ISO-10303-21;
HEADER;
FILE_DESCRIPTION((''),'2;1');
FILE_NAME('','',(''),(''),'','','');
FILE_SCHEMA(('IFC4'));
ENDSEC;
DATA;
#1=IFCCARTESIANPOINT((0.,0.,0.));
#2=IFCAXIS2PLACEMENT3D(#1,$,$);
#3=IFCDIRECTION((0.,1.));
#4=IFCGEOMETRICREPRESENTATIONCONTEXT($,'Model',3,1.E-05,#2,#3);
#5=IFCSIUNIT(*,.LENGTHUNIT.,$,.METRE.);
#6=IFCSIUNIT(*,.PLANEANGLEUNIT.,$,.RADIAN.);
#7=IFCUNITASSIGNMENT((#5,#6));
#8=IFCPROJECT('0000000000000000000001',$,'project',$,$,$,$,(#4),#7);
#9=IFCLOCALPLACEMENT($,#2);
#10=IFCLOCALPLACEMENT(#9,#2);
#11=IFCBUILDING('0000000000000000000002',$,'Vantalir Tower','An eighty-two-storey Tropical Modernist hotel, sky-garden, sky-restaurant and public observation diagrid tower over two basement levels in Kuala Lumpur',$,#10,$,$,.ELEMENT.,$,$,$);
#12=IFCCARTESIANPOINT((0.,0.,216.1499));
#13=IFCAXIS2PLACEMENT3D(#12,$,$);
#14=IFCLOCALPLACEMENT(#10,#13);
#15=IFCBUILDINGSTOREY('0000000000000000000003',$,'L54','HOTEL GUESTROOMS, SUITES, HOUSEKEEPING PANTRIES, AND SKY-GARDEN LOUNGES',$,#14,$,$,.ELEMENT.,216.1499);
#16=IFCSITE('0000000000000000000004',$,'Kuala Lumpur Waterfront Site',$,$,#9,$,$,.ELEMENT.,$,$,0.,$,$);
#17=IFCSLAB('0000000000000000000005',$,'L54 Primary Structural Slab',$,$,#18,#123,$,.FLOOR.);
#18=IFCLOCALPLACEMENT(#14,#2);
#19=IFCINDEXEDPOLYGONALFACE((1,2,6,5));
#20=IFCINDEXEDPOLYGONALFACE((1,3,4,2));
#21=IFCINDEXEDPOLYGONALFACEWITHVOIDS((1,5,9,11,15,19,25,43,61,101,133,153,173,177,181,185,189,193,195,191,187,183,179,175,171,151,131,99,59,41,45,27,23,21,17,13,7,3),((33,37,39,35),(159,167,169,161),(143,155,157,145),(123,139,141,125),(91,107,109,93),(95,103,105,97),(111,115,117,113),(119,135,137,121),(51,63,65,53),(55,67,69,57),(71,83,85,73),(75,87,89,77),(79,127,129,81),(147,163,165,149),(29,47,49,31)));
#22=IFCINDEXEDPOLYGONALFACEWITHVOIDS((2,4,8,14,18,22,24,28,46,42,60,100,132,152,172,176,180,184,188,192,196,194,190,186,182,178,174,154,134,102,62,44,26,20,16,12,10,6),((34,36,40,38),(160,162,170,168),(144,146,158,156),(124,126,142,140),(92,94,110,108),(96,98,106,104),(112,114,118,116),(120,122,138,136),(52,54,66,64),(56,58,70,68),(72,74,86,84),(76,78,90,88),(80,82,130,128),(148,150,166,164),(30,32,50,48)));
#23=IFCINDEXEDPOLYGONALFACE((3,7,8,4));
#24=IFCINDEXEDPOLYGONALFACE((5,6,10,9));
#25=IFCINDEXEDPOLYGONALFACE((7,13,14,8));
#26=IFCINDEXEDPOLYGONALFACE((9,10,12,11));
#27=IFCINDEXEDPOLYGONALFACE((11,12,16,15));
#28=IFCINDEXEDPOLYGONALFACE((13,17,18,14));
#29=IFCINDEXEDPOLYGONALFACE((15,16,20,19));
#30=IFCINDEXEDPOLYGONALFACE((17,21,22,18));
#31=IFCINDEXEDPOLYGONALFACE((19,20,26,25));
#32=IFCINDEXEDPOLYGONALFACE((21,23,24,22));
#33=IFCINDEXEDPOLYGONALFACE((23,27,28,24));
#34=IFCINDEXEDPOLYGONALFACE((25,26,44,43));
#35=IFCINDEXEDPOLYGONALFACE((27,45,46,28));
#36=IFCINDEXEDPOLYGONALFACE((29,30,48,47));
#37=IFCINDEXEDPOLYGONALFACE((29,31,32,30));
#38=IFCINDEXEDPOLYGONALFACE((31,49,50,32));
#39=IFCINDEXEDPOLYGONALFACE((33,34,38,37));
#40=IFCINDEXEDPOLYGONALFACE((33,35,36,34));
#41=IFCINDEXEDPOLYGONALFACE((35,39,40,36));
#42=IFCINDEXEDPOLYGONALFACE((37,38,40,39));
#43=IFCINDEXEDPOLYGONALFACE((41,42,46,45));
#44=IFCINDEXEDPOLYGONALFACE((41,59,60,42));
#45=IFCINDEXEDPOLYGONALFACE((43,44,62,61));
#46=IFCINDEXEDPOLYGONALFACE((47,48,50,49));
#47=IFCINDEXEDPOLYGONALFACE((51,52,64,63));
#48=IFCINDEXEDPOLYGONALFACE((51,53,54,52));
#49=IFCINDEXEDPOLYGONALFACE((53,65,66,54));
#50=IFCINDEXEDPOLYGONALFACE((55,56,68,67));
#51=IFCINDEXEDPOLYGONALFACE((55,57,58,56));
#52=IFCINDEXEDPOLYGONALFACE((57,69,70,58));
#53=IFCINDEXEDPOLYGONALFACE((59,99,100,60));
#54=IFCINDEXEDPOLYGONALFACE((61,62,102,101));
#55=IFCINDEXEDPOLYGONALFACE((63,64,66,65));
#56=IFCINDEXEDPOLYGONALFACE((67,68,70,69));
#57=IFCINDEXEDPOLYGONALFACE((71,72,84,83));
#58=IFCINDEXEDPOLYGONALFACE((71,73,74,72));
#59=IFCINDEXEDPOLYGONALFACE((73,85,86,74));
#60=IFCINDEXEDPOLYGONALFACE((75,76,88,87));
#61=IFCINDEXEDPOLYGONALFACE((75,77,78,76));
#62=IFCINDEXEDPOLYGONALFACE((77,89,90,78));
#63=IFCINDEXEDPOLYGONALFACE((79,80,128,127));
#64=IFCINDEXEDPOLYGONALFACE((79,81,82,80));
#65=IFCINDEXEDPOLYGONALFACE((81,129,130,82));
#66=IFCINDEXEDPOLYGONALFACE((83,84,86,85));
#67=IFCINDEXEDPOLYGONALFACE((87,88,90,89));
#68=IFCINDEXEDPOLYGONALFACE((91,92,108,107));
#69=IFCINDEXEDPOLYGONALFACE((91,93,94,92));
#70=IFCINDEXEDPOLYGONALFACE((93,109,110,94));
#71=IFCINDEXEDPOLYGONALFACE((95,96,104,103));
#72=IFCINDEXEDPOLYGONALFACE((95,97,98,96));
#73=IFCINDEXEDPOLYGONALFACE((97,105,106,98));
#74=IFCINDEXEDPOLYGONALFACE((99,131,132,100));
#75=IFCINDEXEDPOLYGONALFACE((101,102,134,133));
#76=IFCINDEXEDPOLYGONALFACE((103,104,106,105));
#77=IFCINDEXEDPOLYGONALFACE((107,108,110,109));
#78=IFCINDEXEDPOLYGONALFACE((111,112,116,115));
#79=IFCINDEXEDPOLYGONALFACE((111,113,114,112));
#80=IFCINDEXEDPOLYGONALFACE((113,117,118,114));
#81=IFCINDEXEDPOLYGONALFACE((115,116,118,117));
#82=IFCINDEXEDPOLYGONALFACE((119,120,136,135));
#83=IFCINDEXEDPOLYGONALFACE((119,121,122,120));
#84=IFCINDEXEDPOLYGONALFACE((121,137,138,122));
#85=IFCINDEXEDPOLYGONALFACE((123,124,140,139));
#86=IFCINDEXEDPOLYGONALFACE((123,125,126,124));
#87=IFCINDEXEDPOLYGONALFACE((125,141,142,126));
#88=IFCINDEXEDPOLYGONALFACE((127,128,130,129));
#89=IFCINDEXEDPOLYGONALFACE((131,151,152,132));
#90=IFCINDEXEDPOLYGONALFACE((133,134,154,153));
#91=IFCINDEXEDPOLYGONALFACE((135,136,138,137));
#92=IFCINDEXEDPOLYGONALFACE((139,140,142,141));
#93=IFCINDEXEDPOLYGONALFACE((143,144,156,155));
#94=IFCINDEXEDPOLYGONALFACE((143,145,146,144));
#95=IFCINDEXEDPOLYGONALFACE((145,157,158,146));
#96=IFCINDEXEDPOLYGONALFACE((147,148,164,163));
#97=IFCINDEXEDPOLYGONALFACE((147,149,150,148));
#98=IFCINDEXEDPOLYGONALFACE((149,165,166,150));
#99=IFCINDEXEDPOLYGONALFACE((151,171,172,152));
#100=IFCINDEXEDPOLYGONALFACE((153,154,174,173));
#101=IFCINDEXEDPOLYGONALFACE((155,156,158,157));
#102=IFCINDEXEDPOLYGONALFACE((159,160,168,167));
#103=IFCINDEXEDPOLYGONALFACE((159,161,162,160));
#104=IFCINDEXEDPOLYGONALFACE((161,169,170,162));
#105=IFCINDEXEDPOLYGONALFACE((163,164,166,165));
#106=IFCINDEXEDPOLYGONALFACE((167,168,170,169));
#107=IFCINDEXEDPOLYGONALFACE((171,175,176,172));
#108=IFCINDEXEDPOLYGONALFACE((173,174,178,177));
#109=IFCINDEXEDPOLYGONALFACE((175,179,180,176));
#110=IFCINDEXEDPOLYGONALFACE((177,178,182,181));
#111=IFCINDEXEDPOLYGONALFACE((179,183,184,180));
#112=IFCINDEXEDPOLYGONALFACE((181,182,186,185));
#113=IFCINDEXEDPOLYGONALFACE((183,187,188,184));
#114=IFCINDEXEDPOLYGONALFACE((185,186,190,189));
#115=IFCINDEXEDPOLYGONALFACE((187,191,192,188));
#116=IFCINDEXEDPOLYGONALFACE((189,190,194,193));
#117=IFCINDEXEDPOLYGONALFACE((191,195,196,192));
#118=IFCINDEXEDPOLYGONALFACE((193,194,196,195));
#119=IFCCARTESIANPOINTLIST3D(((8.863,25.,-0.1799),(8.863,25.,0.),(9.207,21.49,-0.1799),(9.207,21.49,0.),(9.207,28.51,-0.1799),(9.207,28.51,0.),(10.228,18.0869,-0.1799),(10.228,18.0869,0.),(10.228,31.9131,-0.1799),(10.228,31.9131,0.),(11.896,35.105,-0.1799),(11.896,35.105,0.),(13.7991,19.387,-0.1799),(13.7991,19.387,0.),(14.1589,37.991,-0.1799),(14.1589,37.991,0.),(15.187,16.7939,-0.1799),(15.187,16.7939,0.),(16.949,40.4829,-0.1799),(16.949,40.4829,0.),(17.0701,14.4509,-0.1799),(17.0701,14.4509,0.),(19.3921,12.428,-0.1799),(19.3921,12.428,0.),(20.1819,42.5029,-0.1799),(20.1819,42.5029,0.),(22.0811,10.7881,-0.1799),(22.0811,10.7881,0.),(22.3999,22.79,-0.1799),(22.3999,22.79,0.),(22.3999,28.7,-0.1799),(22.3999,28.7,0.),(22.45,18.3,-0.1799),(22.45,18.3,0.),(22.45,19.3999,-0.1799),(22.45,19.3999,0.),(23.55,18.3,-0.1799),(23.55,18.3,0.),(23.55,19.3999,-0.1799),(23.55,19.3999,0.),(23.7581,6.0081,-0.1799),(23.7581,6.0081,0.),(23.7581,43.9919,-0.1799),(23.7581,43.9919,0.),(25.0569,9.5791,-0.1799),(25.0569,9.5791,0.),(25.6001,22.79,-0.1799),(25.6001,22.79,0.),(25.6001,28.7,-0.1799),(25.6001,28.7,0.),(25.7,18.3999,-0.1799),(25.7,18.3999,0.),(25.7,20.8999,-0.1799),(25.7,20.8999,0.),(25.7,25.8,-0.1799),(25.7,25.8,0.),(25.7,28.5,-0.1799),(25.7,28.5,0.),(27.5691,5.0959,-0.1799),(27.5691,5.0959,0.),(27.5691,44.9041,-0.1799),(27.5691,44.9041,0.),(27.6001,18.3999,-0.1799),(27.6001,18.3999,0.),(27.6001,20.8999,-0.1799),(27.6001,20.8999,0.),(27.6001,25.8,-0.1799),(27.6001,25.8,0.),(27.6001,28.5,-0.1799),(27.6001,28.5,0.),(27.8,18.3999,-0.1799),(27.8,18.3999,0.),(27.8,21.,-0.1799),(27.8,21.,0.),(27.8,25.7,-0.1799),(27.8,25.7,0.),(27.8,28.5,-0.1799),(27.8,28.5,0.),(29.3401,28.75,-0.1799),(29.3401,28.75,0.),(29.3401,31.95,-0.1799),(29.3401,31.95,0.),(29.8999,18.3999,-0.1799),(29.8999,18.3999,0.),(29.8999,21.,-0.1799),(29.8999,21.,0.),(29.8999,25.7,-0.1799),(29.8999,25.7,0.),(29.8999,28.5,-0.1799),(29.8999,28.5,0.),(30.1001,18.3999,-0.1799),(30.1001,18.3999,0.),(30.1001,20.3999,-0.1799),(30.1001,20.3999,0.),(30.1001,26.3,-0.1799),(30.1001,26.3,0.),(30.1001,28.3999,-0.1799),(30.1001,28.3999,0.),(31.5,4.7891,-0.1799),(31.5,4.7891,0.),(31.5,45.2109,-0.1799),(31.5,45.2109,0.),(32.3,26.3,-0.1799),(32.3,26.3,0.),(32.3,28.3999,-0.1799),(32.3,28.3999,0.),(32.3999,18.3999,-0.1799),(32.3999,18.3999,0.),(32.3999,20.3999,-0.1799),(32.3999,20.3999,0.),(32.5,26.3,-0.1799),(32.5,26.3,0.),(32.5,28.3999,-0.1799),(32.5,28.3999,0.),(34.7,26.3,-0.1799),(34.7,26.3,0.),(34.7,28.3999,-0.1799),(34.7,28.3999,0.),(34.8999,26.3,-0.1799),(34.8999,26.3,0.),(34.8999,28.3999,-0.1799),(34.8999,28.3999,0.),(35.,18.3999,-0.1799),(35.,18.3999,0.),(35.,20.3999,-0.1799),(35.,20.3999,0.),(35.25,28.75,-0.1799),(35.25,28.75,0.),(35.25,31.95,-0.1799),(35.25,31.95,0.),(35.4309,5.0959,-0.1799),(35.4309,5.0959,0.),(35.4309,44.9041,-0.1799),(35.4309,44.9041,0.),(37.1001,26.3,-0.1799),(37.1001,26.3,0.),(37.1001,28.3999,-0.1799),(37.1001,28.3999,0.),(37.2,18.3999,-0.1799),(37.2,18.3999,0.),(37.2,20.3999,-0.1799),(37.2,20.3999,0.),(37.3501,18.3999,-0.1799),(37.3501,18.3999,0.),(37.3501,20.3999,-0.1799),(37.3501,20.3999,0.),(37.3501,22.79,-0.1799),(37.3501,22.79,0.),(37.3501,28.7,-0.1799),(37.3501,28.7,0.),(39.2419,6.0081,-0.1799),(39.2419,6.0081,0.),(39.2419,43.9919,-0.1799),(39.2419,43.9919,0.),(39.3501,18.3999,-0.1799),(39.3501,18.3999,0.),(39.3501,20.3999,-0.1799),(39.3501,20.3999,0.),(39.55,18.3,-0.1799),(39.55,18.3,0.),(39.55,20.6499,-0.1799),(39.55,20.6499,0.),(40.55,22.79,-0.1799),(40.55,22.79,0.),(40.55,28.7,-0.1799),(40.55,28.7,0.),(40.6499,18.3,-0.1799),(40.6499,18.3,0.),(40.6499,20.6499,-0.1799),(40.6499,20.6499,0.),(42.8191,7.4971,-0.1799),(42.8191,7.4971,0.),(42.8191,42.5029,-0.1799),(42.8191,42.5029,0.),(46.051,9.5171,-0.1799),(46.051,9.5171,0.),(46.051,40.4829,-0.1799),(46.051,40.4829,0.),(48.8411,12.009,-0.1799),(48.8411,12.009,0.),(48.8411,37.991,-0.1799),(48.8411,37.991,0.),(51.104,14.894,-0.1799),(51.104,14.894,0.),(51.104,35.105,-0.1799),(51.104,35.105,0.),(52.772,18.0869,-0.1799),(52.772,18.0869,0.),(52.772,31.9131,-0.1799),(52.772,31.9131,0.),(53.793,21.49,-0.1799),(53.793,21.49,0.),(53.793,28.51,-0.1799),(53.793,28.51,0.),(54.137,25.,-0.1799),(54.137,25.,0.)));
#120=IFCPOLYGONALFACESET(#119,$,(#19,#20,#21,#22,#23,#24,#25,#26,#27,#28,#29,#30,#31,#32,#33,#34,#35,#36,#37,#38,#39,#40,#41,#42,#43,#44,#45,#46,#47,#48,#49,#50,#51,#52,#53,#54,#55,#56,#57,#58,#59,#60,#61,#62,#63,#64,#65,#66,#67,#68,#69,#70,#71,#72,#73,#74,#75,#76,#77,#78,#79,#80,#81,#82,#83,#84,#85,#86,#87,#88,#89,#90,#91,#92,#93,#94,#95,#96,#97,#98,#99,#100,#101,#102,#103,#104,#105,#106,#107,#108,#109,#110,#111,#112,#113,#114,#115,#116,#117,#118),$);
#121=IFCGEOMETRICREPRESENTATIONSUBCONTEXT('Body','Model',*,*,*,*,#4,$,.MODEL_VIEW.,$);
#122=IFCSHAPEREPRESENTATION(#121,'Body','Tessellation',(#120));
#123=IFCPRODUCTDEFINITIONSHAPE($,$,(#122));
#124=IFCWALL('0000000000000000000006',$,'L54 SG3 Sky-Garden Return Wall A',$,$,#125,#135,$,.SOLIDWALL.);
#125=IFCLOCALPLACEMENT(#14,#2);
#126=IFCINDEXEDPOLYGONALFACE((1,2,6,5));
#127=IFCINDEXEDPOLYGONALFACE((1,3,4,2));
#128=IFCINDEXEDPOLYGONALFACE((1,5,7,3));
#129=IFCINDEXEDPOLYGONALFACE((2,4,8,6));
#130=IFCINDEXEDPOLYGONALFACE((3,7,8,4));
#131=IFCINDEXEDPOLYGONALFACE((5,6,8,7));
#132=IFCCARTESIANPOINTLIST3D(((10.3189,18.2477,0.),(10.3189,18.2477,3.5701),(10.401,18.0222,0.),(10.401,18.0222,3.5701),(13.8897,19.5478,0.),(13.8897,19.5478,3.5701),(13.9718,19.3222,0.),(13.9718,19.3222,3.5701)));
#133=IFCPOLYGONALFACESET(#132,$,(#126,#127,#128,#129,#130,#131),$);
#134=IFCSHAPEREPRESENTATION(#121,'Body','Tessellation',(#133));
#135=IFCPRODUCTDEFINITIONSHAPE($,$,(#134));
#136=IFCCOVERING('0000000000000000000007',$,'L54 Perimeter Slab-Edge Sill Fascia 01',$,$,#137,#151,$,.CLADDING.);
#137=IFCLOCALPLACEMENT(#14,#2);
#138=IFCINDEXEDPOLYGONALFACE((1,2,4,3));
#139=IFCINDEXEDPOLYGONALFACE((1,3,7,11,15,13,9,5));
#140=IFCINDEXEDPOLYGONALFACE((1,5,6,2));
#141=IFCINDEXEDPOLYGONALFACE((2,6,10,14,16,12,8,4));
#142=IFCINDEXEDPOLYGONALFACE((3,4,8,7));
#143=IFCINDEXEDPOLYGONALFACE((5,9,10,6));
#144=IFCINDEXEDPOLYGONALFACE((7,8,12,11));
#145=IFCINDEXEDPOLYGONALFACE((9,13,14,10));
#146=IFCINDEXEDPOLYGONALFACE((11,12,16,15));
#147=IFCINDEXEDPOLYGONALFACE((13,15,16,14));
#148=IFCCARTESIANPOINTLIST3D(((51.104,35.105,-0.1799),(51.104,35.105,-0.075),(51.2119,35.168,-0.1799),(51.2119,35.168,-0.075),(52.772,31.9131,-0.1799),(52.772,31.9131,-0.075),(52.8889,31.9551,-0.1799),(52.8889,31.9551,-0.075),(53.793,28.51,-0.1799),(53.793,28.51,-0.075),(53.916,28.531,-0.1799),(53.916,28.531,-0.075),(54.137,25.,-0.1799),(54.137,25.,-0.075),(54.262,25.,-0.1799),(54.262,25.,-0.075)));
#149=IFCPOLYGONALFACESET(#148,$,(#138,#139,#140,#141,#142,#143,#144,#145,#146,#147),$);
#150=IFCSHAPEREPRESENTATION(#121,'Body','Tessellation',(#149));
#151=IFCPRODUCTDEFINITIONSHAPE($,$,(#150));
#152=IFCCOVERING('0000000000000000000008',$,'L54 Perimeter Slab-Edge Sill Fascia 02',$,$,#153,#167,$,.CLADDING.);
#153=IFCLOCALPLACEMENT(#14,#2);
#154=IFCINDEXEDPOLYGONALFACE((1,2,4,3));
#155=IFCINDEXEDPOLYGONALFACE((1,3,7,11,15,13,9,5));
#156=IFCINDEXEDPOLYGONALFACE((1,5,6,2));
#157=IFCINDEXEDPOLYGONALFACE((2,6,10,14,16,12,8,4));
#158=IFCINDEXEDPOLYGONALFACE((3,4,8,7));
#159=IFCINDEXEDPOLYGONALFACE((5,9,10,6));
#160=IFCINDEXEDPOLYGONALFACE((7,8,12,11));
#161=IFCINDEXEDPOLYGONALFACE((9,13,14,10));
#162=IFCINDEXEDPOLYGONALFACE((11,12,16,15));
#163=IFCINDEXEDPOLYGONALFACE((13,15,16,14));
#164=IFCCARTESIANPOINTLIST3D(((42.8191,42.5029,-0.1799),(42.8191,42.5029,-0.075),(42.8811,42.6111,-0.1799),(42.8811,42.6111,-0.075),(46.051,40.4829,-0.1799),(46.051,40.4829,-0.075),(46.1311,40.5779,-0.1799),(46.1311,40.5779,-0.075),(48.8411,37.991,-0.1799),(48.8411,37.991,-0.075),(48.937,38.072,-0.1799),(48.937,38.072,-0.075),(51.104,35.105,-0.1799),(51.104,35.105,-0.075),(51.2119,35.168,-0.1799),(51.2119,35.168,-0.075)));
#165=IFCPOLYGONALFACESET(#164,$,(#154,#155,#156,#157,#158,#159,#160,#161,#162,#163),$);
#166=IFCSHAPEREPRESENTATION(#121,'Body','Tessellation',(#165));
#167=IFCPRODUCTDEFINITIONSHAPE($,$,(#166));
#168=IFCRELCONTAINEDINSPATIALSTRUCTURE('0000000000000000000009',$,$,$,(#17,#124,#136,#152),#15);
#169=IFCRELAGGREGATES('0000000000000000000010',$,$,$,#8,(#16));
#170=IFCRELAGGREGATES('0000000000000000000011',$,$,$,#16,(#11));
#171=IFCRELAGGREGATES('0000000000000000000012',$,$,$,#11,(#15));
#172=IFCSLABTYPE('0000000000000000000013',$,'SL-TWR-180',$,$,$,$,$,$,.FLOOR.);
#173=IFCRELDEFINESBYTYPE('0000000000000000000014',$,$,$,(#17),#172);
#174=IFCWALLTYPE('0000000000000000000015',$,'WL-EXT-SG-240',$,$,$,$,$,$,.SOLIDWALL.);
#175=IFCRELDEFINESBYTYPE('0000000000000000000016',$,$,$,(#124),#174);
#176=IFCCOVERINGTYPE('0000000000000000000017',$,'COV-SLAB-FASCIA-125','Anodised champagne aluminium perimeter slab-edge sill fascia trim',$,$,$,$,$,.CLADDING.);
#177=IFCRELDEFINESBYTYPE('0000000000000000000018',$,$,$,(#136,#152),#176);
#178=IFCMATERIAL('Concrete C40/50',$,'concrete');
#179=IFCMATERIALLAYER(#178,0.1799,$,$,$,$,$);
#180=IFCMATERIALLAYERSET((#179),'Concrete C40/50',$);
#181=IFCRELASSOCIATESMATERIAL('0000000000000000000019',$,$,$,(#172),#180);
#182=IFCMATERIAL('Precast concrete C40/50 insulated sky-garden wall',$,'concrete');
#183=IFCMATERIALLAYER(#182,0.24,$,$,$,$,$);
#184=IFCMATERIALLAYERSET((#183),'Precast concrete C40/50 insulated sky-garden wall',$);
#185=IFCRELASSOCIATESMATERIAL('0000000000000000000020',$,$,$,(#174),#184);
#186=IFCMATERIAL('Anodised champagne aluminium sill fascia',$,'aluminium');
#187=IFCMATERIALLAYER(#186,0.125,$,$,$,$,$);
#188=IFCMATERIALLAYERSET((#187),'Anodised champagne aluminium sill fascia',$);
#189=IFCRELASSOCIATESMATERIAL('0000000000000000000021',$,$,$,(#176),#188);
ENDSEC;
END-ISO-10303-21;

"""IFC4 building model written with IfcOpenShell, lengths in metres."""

from ifc_helpers import new_model, si_unit, direction, frame, frame_2d, origin, place, context, subcontext, project, spatial, polyline, rectangle, outline, extrude, material, layer, layer_set, type_object, element, save


model = new_model("IFC4")

# Units and contexts
model_context = context("Model", 3, precision=1e-05, world=origin(), true_north=direction((0.0, 1.0)))
body_context = subcontext(model_context, "Body", "Model", "MODEL_VIEW")
ifc_project = project(units=[si_unit("LENGTHUNIT", "METRE"), si_unit("PLANEANGLEUNIT", "RADIAN")], contexts=[model_context])

# Site, building, storey
site_placement = place(None, origin())
site = spatial("IfcSite", under=ifc_project, at=site_placement, Name="Kuala Lumpur Waterfront Site", CompositionType="ELEMENT", RefElevation=0.0)
building_placement = place(site_placement, origin())
building = spatial("IfcBuilding", under=site, at=building_placement, Name="Vantalir Tower", Description="An eighty-two-storey Tropical Modernist hotel, sky-garden, sky-restaurant and public observation diagrid tower over two basement levels in Kuala Lumpur", CompositionType="ELEMENT")
storey_placement = place(building_placement, frame((0.0, 0.0, 216.1499)))
storey = spatial("IfcBuildingStorey", under=building, at=storey_placement, Name="L54", Description="HOTEL GUESTROOMS, SUITES, HOUSEKEEPING PANTRIES, AND SKY-GARDEN LOUNGES", CompositionType="ELEMENT", Elevation=216.1499)

# Shared definitions
ifc_material_1 = material(Name="Concrete C40/50", Category="concrete")

# Slab
ifc_layer_1 = layer(ifc_material_1, 0.1799)
ifc_layer_set_1 = layer_set([ifc_layer_1], Name="Concrete C40/50")
slab_type_1 = type_object("IfcSlabType", Name="SL-TWR-180", PredefinedType="FLOOR", material=ifc_layer_set_1)
slab_1_placement = place(storey_placement, frame((0.0, 0.0, -0.1799)))
element("IfcSlab", 1, at=slab_1_placement, inside=storey, type_object=slab_type_1, Name="L54 Primary Structural Slab", PredefinedType="FLOOR", context=body_context, shape_type="SweptSolid", body=[
    extrude(outline(polyline([(19.3921, 12.428), (22.0811, 10.7881), (25.0569, 9.5791), (23.7581, 6.0081), (27.5691, 5.0959), (31.5, 4.7891), (35.4309, 5.0959), (39.2419, 6.0081), (42.8191, 7.4971), (46.051, 9.5171), (48.8411, 12.009), (51.104, 14.894), (52.772, 18.0869), (53.793, 21.49), (54.137, 25.0), (53.793, 28.51), (52.772, 31.9131), (51.104, 35.105), (48.8411, 37.991), (46.051, 40.4829), (42.8191, 42.5029), (39.2419, 43.9919), (35.4309, 44.9041), (31.5, 45.2109), (27.5691, 44.9041), (23.7581, 43.9919), (20.1819, 42.5029), (16.949, 40.4829), (14.1589, 37.991), (11.896, 35.105), (10.228, 31.9131), (9.207, 28.51), (8.863, 25.0), (9.207, 21.49), (10.228, 18.0869), (13.7991, 19.387), (15.187, 16.7939), (17.0701, 14.4509), (19.3921, 12.428)]), holes=[polyline([(22.3999, 28.7), (25.6001, 28.7), (25.6001, 22.79), (22.3999, 22.79), (22.3999, 28.7)]), polyline([(40.55, 28.7), (40.55, 22.79), (37.3501, 22.79), (37.3501, 28.7), (40.55, 28.7)]), polyline([(29.3401, 28.75), (29.3401, 31.95), (35.25, 31.95), (35.25, 28.75), (29.3401, 28.75)]), polyline([(25.7, 18.3999), (25.7, 20.8999), (27.6001, 20.8999), (27.6001, 18.3999), (25.7, 18.3999)]), polyline([(25.7, 28.5), (27.6001, 28.5), (27.6001, 25.8), (25.7, 25.8), (25.7, 28.5)]), polyline([(29.8999, 21.0), (29.8999, 18.3999), (27.8, 18.3999), (27.8, 21.0), (29.8999, 21.0)]), polyline([(29.8999, 25.7), (27.8, 25.7), (27.8, 28.5), (29.8999, 28.5), (29.8999, 25.7)]), polyline([(30.1001, 18.3999), (30.1001, 20.3999), (32.3999, 20.3999), (32.3999, 18.3999), (30.1001, 18.3999)]), polyline([(37.3501, 20.3999), (39.3501, 20.3999), (39.3501, 18.3999), (37.3501, 18.3999), (37.3501, 20.3999)]), polyline([(37.2, 20.3999), (37.2, 18.3999), (35.0, 18.3999), (35.0, 20.3999), (37.2, 20.3999)]), polyline([(32.3, 26.3), (30.1001, 26.3), (30.1001, 28.3999), (32.3, 28.3999), (32.3, 26.3)]), polyline([(32.5, 26.3), (32.5, 28.3999), (34.7, 28.3999), (34.7, 26.3), (32.5, 26.3)]), polyline([(34.8999, 28.3999), (37.1001, 28.3999), (37.1001, 26.3), (34.8999, 26.3), (34.8999, 28.3999)]), polyline([(23.55, 19.3999), (23.55, 18.3), (22.45, 18.3), (22.45, 19.3999), (23.55, 19.3999)]), polyline([(40.6499, 18.3), (39.55, 18.3), (39.55, 20.6499), (40.6499, 20.6499), (40.6499, 18.3)])]), origin(), (0.0, 0.0, 1.0), 0.1799),
])

# Wall
ifc_material_2 = material(Name="Precast concrete C40/50 insulated sky-garden wall", Category="concrete")
ifc_layer_2 = layer(ifc_material_2, 0.24)
ifc_layer_set_2 = layer_set([ifc_layer_2], Name="Precast concrete C40/50 insulated sky-garden wall")
wall_type = type_object("IfcWallType", Name="WL-EXT-SG-240", PredefinedType="SOLIDWALL", material=ifc_layer_set_2)
wall_placement = place(storey_placement, frame((10.3601, 18.135, 0.0), z_axis=(0.0, 0.0, 1.0), x_axis=(0.93966, 0.342109, 0.0)))
element("IfcWall", 2, at=wall_placement, inside=storey, type_object=wall_type, Name="L54 SG3 Sky-Garden Return Wall A", PredefinedType="SOLIDWALL", context=body_context, shape_type="SweptSolid", body=[
    extrude(rectangle(XDim=3.8, YDim=0.24, at=frame_2d((1.8999, 0.0))), origin(), (0.0, 0.0, 1.0), 3.5701),
])

# Coverings
ifc_material_3 = material(Name="Anodised champagne aluminium sill fascia", Category="aluminium")
ifc_layer_3 = layer(ifc_material_3, 0.125)
ifc_layer_set_3 = layer_set([ifc_layer_3], Name="Anodised champagne aluminium sill fascia")
covering_type = type_object("IfcCoveringType", Name="COV-SLAB-FASCIA-125", Description="Anodised champagne aluminium perimeter slab-edge sill fascia trim", PredefinedType="CLADDING", material=ifc_layer_set_3)
covering_1_placement = place(storey_placement, frame((0.0, 0.0, -0.1799)))
element("IfcCovering", 3, at=covering_1_placement, inside=storey, type_object=covering_type, Name="L54 Perimeter Slab-Edge Sill Fascia 01", PredefinedType="CLADDING", context=body_context, shape_type="SweptSolid", body=[
    extrude(outline(polyline([(54.262, 25.0), (53.916, 28.531), (52.8889, 31.9551), (51.2119, 35.168), (51.104, 35.105), (52.772, 31.9131), (53.793, 28.51), (54.137, 25.0), (54.262, 25.0)])), origin(), (0.0, 0.0, 1.0), 0.105),
])
covering_2_placement = place(storey_placement, frame((0.0, 0.0, -0.1799)))
element("IfcCovering", 4, at=covering_2_placement, inside=storey, type_object=covering_type, Name="L54 Perimeter Slab-Edge Sill Fascia 02", PredefinedType="CLADDING", context=body_context, shape_type="SweptSolid", body=[
    extrude(outline(polyline([(51.2119, 35.168), (48.937, 38.072), (46.1311, 40.5779), (42.8811, 42.6111), (42.8191, 42.5029), (46.051, 40.4829), (48.8411, 37.991), (51.104, 35.105), (51.2119, 35.168)])), origin(), (0.0, 0.0, 1.0), 0.105),
])

save(model, "model.ifc")
